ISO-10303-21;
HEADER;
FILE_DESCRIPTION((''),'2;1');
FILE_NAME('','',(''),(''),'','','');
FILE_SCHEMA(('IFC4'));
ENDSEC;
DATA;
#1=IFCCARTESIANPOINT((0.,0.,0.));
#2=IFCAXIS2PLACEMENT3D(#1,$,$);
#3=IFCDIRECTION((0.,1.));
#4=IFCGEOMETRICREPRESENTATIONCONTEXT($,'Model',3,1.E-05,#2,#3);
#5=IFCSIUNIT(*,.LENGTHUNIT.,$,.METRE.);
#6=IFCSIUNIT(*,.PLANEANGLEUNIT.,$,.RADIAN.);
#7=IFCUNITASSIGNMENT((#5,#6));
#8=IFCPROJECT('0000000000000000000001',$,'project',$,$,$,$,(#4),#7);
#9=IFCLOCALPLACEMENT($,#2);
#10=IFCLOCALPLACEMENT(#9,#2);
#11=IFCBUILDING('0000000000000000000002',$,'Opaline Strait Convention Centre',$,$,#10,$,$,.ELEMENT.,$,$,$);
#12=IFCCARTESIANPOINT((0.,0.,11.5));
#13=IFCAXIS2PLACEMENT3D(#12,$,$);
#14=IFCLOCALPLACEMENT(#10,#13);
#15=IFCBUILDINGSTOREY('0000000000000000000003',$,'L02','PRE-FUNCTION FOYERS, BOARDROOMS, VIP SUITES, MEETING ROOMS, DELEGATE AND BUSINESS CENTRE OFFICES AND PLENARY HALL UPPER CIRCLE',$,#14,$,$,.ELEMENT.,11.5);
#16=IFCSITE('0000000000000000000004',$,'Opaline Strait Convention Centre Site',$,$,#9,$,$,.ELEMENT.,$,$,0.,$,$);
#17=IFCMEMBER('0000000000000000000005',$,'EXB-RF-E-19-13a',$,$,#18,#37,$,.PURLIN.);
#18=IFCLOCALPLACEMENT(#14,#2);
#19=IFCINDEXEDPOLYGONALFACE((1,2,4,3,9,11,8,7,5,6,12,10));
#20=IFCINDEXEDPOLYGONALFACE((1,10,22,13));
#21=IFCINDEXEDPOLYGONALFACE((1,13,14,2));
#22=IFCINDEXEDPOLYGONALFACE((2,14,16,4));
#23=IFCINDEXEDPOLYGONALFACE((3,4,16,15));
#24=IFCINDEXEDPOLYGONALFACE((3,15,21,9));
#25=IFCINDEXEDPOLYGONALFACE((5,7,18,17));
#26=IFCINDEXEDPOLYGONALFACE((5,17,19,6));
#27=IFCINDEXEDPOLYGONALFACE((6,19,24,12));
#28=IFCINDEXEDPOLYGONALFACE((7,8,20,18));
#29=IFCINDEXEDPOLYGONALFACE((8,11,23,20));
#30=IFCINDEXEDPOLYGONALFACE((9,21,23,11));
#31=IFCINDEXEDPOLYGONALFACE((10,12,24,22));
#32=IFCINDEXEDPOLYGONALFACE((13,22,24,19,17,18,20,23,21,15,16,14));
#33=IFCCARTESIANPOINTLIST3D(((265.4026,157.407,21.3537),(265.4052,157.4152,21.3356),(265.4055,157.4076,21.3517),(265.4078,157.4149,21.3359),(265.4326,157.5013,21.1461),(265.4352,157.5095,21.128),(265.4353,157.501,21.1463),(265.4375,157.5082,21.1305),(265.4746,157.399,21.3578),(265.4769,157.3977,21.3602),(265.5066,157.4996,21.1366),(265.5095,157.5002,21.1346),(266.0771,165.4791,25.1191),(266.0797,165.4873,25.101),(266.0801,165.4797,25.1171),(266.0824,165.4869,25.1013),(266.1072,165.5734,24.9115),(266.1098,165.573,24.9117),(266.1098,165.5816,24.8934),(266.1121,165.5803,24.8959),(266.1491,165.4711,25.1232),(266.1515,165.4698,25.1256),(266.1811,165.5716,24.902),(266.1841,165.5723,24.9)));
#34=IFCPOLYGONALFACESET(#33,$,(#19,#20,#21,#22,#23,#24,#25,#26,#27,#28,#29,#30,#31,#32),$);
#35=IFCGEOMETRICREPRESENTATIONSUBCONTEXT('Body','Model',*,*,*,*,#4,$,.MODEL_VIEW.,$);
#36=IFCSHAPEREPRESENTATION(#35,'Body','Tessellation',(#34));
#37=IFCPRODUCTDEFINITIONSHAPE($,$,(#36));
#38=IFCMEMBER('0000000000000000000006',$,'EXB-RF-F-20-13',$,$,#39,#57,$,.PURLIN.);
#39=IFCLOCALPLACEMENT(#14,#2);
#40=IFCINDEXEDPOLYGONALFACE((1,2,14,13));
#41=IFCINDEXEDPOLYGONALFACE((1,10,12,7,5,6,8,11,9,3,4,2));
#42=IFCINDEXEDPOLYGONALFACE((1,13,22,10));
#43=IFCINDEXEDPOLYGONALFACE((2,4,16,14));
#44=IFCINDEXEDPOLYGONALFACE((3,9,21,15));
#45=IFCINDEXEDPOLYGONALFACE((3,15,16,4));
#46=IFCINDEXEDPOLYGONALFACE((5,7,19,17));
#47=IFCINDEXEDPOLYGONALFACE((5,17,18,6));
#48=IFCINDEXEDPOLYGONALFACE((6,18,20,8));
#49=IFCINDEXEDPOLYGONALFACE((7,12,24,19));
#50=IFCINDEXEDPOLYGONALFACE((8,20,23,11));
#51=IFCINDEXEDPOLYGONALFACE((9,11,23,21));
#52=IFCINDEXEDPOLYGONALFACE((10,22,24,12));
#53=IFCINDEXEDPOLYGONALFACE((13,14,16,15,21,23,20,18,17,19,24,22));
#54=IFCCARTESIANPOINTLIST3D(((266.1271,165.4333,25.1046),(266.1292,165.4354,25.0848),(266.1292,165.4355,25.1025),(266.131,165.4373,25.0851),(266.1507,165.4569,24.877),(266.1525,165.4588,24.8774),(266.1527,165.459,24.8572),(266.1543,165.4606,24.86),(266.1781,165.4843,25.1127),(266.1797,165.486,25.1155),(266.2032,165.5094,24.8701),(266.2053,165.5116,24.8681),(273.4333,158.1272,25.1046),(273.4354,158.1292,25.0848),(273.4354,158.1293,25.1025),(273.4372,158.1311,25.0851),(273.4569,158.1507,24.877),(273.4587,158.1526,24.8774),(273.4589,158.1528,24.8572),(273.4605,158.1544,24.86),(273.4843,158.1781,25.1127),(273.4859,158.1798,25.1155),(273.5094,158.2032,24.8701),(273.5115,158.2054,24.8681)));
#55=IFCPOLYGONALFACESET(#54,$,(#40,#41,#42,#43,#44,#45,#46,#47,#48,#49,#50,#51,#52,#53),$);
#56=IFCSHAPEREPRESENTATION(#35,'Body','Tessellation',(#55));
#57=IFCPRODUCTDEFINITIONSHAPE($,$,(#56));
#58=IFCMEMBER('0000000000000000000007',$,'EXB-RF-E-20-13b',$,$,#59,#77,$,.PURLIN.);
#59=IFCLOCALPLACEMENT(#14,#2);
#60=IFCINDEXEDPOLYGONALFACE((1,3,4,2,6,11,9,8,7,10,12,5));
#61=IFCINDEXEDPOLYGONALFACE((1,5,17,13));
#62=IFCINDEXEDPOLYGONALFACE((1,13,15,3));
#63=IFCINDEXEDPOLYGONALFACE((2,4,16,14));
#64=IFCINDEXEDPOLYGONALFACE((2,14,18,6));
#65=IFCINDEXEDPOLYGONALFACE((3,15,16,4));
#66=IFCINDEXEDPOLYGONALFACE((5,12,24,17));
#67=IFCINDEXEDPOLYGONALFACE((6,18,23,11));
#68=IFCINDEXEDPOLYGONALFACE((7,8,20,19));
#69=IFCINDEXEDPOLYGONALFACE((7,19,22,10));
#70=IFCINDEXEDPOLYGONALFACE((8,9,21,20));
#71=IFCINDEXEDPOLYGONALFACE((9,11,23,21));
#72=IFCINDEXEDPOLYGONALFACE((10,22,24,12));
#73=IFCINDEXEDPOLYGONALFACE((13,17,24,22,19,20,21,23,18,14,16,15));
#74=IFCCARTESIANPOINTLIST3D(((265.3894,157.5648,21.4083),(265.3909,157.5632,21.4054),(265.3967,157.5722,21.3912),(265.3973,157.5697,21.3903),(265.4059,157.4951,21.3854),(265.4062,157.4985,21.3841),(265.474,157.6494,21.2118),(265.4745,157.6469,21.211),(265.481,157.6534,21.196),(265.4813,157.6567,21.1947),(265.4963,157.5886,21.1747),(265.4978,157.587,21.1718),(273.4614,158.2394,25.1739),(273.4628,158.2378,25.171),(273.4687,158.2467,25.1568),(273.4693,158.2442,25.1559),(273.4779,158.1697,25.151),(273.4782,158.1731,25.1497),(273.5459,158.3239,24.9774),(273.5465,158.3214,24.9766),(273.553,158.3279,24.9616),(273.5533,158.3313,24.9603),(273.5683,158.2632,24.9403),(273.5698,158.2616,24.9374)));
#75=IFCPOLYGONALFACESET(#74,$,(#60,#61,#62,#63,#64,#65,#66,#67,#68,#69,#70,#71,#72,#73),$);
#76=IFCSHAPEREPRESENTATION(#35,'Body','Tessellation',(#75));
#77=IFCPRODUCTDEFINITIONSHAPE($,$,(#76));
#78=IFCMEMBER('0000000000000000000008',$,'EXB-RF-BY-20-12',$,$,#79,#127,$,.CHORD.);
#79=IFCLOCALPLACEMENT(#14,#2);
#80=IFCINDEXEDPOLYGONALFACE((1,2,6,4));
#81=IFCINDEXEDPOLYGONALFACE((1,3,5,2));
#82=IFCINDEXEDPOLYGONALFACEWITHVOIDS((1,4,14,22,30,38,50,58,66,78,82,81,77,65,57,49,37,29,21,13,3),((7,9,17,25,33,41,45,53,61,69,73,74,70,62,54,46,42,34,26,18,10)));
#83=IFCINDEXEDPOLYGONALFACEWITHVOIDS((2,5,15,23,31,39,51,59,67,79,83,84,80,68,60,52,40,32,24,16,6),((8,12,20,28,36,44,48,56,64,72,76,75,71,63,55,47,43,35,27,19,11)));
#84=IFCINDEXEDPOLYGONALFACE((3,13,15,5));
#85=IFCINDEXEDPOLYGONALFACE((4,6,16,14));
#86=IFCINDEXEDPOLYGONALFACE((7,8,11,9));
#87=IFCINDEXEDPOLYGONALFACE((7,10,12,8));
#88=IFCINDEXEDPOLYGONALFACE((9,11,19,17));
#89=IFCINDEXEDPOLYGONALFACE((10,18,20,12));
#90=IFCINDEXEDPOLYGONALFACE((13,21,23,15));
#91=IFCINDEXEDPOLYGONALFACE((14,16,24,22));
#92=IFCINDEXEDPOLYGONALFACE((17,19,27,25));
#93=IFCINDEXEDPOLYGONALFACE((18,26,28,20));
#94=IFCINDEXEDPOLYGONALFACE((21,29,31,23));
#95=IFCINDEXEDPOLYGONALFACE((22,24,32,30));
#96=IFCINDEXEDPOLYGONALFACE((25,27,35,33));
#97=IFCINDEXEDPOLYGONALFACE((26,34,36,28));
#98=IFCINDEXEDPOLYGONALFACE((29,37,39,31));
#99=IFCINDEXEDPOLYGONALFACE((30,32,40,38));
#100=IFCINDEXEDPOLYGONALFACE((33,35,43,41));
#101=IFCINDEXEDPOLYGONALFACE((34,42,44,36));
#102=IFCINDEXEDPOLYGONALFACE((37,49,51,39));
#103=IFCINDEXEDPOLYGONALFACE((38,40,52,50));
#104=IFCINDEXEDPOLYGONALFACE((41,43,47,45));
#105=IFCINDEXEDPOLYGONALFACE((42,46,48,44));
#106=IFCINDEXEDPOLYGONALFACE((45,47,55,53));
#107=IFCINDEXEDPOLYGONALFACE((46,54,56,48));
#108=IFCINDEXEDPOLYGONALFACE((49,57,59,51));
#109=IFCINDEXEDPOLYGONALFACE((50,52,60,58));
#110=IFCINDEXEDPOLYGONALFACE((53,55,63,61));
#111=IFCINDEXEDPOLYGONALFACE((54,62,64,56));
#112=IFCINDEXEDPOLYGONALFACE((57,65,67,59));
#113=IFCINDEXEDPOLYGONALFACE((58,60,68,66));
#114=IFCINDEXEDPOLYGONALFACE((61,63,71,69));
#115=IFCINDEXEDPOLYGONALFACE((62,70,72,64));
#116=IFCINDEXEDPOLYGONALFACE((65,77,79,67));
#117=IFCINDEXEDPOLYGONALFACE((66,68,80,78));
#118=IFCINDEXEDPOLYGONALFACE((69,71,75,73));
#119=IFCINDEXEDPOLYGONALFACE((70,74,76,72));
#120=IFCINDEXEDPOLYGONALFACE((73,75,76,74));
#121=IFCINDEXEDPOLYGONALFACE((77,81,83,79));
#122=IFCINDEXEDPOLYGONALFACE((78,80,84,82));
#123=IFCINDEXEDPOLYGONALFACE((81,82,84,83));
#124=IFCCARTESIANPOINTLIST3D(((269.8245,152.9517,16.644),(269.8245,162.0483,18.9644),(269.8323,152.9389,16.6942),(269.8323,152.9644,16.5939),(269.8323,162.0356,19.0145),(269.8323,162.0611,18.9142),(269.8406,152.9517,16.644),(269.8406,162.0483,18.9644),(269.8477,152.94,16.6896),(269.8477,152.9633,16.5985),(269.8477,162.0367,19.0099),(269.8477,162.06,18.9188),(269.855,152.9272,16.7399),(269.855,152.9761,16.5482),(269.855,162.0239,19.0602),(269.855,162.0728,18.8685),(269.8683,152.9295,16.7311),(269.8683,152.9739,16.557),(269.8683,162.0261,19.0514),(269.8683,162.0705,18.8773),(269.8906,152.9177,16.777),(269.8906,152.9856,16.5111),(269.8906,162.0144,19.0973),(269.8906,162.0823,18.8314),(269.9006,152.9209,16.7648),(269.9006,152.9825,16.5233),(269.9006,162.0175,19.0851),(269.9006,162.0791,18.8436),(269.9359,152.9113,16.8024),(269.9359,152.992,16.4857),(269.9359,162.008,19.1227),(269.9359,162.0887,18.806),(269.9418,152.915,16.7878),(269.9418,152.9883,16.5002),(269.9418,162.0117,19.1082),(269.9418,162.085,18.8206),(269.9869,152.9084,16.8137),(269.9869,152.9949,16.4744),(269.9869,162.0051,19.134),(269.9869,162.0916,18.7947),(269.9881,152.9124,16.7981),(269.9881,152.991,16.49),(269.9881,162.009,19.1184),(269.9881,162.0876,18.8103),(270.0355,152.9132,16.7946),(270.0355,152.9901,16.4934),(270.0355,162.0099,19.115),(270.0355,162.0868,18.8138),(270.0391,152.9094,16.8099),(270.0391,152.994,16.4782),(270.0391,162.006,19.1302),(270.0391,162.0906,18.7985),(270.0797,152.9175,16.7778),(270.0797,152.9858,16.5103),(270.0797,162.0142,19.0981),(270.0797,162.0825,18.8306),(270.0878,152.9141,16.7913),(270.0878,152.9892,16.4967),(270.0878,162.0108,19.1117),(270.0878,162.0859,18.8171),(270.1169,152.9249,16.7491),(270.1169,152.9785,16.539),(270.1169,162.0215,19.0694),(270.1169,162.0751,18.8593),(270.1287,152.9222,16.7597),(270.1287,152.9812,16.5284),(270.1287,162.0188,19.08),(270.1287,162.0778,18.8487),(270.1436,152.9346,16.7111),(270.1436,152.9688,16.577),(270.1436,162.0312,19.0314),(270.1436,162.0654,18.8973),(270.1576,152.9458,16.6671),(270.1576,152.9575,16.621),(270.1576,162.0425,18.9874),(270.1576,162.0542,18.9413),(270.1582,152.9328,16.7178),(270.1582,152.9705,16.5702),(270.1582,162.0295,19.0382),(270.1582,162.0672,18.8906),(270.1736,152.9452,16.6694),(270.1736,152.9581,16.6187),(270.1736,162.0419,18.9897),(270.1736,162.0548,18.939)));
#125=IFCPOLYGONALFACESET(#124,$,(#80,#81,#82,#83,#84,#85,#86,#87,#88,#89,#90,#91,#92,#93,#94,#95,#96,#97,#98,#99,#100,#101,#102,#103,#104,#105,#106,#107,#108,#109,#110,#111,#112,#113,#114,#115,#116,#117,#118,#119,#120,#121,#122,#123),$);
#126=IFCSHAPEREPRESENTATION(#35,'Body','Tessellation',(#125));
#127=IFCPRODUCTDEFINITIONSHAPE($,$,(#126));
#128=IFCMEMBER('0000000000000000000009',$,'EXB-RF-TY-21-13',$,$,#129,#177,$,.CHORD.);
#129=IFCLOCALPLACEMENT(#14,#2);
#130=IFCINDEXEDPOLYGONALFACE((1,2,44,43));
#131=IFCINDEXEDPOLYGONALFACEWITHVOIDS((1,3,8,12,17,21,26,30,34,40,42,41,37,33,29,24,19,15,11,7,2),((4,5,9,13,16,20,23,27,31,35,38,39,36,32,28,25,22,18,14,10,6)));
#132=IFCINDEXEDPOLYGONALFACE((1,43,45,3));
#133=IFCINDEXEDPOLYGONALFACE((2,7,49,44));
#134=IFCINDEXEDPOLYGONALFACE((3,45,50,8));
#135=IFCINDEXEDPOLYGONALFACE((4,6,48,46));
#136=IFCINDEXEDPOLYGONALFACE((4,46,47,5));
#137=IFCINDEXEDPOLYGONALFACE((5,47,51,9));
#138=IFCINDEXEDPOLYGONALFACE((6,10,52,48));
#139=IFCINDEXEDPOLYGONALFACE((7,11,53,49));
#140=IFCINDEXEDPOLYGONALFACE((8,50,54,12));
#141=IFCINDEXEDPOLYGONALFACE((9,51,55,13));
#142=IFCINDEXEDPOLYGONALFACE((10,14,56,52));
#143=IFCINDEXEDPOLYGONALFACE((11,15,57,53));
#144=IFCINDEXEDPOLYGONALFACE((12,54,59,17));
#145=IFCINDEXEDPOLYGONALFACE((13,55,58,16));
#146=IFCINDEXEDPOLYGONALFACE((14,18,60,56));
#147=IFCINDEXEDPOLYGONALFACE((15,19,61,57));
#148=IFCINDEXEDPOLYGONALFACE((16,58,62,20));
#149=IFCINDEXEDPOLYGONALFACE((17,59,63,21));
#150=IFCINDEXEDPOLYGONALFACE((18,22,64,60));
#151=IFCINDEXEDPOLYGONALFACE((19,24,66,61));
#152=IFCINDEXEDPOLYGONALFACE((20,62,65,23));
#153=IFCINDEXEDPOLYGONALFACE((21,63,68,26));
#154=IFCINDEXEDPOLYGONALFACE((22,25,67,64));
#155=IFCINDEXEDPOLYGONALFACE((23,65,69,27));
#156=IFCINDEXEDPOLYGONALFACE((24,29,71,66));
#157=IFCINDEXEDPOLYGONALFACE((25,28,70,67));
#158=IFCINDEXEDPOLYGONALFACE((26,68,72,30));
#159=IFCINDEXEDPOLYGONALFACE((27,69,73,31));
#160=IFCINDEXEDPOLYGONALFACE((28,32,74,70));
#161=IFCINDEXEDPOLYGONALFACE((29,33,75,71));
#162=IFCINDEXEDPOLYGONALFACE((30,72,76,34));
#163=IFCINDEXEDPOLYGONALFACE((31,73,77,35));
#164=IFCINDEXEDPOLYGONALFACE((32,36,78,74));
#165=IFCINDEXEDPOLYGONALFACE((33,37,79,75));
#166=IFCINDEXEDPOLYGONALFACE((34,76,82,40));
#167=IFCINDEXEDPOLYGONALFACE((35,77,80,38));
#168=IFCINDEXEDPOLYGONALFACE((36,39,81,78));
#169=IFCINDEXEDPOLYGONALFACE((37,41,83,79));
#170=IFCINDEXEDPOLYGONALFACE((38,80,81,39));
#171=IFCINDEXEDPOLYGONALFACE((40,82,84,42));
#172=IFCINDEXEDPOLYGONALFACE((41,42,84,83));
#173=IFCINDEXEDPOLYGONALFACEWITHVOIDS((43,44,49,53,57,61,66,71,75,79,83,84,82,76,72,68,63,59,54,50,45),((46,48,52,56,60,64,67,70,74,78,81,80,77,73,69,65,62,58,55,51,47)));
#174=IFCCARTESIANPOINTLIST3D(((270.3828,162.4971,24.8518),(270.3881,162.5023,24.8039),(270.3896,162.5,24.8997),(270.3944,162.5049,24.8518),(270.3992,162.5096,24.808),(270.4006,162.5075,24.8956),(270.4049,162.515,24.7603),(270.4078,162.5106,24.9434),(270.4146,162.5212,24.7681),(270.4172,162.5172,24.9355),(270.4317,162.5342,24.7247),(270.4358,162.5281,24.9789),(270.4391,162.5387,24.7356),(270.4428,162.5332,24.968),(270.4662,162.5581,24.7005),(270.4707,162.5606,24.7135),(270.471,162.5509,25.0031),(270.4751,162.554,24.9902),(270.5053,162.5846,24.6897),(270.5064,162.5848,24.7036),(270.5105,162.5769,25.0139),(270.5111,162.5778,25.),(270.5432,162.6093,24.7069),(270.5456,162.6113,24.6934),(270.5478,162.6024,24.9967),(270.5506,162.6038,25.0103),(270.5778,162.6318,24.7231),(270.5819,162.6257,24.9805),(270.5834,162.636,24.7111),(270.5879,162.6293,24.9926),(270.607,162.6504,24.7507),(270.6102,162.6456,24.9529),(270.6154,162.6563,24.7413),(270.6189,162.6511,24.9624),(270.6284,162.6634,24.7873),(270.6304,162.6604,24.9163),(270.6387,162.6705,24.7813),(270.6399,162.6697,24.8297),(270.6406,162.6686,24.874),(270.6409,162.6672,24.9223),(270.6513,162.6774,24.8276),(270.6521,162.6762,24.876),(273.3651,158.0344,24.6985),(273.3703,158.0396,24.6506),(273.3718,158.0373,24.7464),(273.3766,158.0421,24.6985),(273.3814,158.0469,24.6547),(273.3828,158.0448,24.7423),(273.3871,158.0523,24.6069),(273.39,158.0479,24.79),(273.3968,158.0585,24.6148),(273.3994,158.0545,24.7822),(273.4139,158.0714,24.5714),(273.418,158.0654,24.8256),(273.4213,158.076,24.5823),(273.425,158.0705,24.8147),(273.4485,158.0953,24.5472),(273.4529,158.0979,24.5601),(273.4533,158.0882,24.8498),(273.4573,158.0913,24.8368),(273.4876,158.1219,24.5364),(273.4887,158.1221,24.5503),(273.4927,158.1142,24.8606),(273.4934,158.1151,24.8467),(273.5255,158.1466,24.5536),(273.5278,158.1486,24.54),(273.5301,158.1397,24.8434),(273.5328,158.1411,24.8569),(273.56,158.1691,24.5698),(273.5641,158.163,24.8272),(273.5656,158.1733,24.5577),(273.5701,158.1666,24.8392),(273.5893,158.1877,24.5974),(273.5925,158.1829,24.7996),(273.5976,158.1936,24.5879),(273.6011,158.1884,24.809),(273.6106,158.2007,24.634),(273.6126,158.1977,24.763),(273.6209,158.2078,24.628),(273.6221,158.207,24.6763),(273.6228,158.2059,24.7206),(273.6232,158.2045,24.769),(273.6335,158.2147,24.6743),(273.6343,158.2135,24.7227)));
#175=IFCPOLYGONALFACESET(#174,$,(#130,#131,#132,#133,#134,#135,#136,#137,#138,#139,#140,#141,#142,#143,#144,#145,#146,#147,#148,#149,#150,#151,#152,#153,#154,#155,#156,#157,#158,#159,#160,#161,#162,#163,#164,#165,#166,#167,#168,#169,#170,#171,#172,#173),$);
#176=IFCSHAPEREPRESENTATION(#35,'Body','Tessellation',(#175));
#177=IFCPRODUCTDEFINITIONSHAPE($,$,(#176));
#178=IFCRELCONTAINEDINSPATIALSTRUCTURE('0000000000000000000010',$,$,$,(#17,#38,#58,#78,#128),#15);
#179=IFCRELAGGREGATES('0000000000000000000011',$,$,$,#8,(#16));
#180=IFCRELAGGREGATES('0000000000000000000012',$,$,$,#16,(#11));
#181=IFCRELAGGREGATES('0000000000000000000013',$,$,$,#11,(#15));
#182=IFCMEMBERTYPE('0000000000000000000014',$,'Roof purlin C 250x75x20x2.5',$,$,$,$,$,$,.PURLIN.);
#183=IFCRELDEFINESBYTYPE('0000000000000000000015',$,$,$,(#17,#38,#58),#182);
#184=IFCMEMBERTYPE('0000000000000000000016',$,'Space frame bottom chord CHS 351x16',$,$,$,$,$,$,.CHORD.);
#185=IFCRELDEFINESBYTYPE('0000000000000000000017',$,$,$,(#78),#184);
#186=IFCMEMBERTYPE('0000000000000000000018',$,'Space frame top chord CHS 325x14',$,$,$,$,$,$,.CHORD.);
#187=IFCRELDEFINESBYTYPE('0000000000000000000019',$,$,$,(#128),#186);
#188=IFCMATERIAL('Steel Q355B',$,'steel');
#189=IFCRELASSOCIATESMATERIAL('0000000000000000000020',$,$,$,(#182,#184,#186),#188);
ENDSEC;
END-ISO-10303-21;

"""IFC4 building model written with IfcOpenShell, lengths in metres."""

from ifc_helpers import new_model, si_unit, direction, frame, origin, origin_2d, place, context, subcontext, project, spatial, polyline, hollow_circle, outline, extrude, material, material_profile, profile_set, type_object, element, save


model = new_model("IFC4")

# Units and contexts
model_context = context("Model", 3, precision=1e-05, world=origin(), true_north=direction((0.0, 1.0)))
body_context = subcontext(model_context, "Body", "Model", "MODEL_VIEW")
ifc_project = project(units=[si_unit("LENGTHUNIT", "METRE"), si_unit("PLANEANGLEUNIT", "RADIAN")], contexts=[model_context])

# Site, building, storey
site_placement = place(None, origin())
site = spatial("IfcSite", under=ifc_project, at=site_placement, Name="Opaline Strait Convention Centre Site", CompositionType="ELEMENT", RefElevation=0.0)
building_placement = place(site_placement, origin())
building = spatial("IfcBuilding", under=site, at=building_placement, Name="Opaline Strait Convention Centre", CompositionType="ELEMENT")
storey_placement = place(building_placement, frame((0.0, 0.0, 11.5)))
storey = spatial("IfcBuildingStorey", under=building, at=storey_placement, Name="L02", Description="PRE-FUNCTION FOYERS, BOARDROOMS, VIP SUITES, MEETING ROOMS, DELEGATE AND BUSINESS CENTRE OFFICES AND PLENARY HALL UPPER CIRCLE", CompositionType="ELEMENT", Elevation=11.5)

# Members
ifc_material_1 = material(Name="Steel Q355B", Category="steel")
ifc_material_profile_1 = material_profile(ifc_material_1, outline(polyline([(-0.0376, -0.125), (0.0376, -0.125), (0.0376, -0.105), (0.0349, -0.105), (0.0349, -0.1226), (-0.0349, -0.1226), (-0.0349, 0.1226), (0.0349, 0.1226), (0.0349, 0.105), (0.0376, 0.105), (0.0376, 0.125), (-0.0376, 0.125), (-0.0376, -0.125)])), Name="C 250x75x20x2.5")
ifc_profile_set_1 = profile_set([ifc_material_profile_1], Name="Steel Q355B")
member_type_1 = type_object("IfcMemberType", Name="Roof purlin C 250x75x20x2.5", PredefinedType="PURLIN", material=ifc_profile_set_1)
member_1_placement = place(storey_placement, frame((265.4561, 157.4536, 21.2441), z_axis=(0.075517, 0.903663, 0.421534), x_axis=(-0.988553, 0.123221, -0.087057)))
element("IfcMember", 1, at=member_1_placement, inside=storey, type_object=member_type_1, Name="EXB-RF-E-19-13a", PredefinedType="PURLIN", context=body_context, shape_type="SweptSolid", body=[
    extrude(outline(polyline([(-0.0376, -0.125), (0.0376, -0.125), (0.0376, -0.105), (0.0349, -0.105), (0.0349, -0.1226), (-0.0349, -0.1226), (-0.0349, 0.1226), (0.0349, 0.1226), (0.0349, 0.105), (0.0376, 0.105), (0.0376, 0.125), (-0.0376, 0.125), (-0.0376, -0.125)])), origin(), (0.0, 0.0, 1.0), 8.9326),
])
member_2_placement = place(storey_placement, frame((273.4724, 158.1663, 24.9863), z_axis=(-0.707107, 0.707107, 0.0), x_axis=(-0.699649, -0.699649, -0.14485)))
element("IfcMember", 2, at=member_2_placement, inside=storey, type_object=member_type_1, Name="EXB-RF-F-20-13", PredefinedType="PURLIN", context=body_context, shape_type="SweptSolid", body=[
    extrude(outline(polyline([(-0.0376, -0.125), (0.0376, -0.125), (0.0376, -0.105), (0.0349, -0.105), (0.0349, -0.1226), (-0.0349, -0.1226), (-0.0349, 0.1226), (0.0349, 0.1226), (0.0349, 0.105), (0.0376, 0.105), (0.0376, 0.125), (-0.0376, 0.125), (-0.0376, -0.125)])), origin(), (0.0, 0.0, 1.0), 10.3325),
])
member_3_placement = place(storey_placement, frame((265.4436, 157.5759, 21.29), z_axis=(0.903652, 0.075516, 0.421557), x_axis=(-0.219515, 0.926866, 0.304519)))
element("IfcMember", 3, at=member_3_placement, inside=storey, type_object=member_type_1, Name="EXB-RF-E-20-13b", PredefinedType="PURLIN", context=body_context, shape_type="SweptSolid", body=[
    extrude(outline(polyline([(-0.0376, -0.125), (0.0376, -0.125), (0.0376, -0.105), (0.0349, -0.105), (0.0349, -0.1226), (-0.0349, -0.1226), (-0.0349, 0.1226), (0.0349, 0.1226), (0.0349, 0.105), (0.0376, 0.105), (0.0376, 0.125), (-0.0376, 0.125), (-0.0376, -0.125)])), origin(), (0.0, 0.0, 1.0), 8.9326),
])
ifc_material_profile_2 = material_profile(ifc_material_1, hollow_circle(Radius=0.1755, WallThickness=0.0161, at=origin_2d()), Name="CHS 351x16")
ifc_profile_set_2 = profile_set([ifc_material_profile_2], Name="Steel Q355B")
member_type_2 = type_object("IfcMemberType", Name="Space frame bottom chord CHS 351x16", PredefinedType="CHORD", material=ifc_profile_set_2)
member_4_placement = place(storey_placement, frame((270.0, 152.9517, 16.644), z_axis=(0.0, 0.968975, 0.247159), x_axis=(-1.0, 0.0, 0.0)))
element("IfcMember", 4, at=member_4_placement, inside=storey, type_object=member_type_2, Name="EXB-RF-BY-20-12", PredefinedType="CHORD", context=body_context, shape_type="SweptSolid", body=[
    extrude(hollow_circle(Radius=0.1755, WallThickness=0.0161, at=origin_2d()), origin(), (0.0, 0.0, 1.0), 9.3879),
])
ifc_material_profile_3 = material_profile(ifc_material_1, hollow_circle(Radius=0.1626, WallThickness=0.0139, at=origin_2d()), Name="CHS 325x14")
ifc_profile_set_3 = profile_set([ifc_material_profile_3], Name="Steel Q355B")
member_type_3 = type_object("IfcMemberType", Name="Space frame top chord CHS 325x14", PredefinedType="CHORD", material=ifc_profile_set_3)
member_5_placement = place(storey_placement, frame((273.5002, 158.1248, 24.6985), z_axis=(-0.555387, 0.831102, 0.028554), x_axis=(-0.831441, -0.555613, 0.0)))
element("IfcMember", 5, at=member_5_placement, inside=storey, type_object=member_type_3, Name="EXB-RF-TY-21-13", PredefinedType="CHORD", context=body_context, shape_type="SweptSolid", body=[
    extrude(hollow_circle(Radius=0.1626, WallThickness=0.0139, at=origin_2d()), origin(), (0.0, 0.0, 1.0), 5.3696),
])

save(model, "model.ifc")
